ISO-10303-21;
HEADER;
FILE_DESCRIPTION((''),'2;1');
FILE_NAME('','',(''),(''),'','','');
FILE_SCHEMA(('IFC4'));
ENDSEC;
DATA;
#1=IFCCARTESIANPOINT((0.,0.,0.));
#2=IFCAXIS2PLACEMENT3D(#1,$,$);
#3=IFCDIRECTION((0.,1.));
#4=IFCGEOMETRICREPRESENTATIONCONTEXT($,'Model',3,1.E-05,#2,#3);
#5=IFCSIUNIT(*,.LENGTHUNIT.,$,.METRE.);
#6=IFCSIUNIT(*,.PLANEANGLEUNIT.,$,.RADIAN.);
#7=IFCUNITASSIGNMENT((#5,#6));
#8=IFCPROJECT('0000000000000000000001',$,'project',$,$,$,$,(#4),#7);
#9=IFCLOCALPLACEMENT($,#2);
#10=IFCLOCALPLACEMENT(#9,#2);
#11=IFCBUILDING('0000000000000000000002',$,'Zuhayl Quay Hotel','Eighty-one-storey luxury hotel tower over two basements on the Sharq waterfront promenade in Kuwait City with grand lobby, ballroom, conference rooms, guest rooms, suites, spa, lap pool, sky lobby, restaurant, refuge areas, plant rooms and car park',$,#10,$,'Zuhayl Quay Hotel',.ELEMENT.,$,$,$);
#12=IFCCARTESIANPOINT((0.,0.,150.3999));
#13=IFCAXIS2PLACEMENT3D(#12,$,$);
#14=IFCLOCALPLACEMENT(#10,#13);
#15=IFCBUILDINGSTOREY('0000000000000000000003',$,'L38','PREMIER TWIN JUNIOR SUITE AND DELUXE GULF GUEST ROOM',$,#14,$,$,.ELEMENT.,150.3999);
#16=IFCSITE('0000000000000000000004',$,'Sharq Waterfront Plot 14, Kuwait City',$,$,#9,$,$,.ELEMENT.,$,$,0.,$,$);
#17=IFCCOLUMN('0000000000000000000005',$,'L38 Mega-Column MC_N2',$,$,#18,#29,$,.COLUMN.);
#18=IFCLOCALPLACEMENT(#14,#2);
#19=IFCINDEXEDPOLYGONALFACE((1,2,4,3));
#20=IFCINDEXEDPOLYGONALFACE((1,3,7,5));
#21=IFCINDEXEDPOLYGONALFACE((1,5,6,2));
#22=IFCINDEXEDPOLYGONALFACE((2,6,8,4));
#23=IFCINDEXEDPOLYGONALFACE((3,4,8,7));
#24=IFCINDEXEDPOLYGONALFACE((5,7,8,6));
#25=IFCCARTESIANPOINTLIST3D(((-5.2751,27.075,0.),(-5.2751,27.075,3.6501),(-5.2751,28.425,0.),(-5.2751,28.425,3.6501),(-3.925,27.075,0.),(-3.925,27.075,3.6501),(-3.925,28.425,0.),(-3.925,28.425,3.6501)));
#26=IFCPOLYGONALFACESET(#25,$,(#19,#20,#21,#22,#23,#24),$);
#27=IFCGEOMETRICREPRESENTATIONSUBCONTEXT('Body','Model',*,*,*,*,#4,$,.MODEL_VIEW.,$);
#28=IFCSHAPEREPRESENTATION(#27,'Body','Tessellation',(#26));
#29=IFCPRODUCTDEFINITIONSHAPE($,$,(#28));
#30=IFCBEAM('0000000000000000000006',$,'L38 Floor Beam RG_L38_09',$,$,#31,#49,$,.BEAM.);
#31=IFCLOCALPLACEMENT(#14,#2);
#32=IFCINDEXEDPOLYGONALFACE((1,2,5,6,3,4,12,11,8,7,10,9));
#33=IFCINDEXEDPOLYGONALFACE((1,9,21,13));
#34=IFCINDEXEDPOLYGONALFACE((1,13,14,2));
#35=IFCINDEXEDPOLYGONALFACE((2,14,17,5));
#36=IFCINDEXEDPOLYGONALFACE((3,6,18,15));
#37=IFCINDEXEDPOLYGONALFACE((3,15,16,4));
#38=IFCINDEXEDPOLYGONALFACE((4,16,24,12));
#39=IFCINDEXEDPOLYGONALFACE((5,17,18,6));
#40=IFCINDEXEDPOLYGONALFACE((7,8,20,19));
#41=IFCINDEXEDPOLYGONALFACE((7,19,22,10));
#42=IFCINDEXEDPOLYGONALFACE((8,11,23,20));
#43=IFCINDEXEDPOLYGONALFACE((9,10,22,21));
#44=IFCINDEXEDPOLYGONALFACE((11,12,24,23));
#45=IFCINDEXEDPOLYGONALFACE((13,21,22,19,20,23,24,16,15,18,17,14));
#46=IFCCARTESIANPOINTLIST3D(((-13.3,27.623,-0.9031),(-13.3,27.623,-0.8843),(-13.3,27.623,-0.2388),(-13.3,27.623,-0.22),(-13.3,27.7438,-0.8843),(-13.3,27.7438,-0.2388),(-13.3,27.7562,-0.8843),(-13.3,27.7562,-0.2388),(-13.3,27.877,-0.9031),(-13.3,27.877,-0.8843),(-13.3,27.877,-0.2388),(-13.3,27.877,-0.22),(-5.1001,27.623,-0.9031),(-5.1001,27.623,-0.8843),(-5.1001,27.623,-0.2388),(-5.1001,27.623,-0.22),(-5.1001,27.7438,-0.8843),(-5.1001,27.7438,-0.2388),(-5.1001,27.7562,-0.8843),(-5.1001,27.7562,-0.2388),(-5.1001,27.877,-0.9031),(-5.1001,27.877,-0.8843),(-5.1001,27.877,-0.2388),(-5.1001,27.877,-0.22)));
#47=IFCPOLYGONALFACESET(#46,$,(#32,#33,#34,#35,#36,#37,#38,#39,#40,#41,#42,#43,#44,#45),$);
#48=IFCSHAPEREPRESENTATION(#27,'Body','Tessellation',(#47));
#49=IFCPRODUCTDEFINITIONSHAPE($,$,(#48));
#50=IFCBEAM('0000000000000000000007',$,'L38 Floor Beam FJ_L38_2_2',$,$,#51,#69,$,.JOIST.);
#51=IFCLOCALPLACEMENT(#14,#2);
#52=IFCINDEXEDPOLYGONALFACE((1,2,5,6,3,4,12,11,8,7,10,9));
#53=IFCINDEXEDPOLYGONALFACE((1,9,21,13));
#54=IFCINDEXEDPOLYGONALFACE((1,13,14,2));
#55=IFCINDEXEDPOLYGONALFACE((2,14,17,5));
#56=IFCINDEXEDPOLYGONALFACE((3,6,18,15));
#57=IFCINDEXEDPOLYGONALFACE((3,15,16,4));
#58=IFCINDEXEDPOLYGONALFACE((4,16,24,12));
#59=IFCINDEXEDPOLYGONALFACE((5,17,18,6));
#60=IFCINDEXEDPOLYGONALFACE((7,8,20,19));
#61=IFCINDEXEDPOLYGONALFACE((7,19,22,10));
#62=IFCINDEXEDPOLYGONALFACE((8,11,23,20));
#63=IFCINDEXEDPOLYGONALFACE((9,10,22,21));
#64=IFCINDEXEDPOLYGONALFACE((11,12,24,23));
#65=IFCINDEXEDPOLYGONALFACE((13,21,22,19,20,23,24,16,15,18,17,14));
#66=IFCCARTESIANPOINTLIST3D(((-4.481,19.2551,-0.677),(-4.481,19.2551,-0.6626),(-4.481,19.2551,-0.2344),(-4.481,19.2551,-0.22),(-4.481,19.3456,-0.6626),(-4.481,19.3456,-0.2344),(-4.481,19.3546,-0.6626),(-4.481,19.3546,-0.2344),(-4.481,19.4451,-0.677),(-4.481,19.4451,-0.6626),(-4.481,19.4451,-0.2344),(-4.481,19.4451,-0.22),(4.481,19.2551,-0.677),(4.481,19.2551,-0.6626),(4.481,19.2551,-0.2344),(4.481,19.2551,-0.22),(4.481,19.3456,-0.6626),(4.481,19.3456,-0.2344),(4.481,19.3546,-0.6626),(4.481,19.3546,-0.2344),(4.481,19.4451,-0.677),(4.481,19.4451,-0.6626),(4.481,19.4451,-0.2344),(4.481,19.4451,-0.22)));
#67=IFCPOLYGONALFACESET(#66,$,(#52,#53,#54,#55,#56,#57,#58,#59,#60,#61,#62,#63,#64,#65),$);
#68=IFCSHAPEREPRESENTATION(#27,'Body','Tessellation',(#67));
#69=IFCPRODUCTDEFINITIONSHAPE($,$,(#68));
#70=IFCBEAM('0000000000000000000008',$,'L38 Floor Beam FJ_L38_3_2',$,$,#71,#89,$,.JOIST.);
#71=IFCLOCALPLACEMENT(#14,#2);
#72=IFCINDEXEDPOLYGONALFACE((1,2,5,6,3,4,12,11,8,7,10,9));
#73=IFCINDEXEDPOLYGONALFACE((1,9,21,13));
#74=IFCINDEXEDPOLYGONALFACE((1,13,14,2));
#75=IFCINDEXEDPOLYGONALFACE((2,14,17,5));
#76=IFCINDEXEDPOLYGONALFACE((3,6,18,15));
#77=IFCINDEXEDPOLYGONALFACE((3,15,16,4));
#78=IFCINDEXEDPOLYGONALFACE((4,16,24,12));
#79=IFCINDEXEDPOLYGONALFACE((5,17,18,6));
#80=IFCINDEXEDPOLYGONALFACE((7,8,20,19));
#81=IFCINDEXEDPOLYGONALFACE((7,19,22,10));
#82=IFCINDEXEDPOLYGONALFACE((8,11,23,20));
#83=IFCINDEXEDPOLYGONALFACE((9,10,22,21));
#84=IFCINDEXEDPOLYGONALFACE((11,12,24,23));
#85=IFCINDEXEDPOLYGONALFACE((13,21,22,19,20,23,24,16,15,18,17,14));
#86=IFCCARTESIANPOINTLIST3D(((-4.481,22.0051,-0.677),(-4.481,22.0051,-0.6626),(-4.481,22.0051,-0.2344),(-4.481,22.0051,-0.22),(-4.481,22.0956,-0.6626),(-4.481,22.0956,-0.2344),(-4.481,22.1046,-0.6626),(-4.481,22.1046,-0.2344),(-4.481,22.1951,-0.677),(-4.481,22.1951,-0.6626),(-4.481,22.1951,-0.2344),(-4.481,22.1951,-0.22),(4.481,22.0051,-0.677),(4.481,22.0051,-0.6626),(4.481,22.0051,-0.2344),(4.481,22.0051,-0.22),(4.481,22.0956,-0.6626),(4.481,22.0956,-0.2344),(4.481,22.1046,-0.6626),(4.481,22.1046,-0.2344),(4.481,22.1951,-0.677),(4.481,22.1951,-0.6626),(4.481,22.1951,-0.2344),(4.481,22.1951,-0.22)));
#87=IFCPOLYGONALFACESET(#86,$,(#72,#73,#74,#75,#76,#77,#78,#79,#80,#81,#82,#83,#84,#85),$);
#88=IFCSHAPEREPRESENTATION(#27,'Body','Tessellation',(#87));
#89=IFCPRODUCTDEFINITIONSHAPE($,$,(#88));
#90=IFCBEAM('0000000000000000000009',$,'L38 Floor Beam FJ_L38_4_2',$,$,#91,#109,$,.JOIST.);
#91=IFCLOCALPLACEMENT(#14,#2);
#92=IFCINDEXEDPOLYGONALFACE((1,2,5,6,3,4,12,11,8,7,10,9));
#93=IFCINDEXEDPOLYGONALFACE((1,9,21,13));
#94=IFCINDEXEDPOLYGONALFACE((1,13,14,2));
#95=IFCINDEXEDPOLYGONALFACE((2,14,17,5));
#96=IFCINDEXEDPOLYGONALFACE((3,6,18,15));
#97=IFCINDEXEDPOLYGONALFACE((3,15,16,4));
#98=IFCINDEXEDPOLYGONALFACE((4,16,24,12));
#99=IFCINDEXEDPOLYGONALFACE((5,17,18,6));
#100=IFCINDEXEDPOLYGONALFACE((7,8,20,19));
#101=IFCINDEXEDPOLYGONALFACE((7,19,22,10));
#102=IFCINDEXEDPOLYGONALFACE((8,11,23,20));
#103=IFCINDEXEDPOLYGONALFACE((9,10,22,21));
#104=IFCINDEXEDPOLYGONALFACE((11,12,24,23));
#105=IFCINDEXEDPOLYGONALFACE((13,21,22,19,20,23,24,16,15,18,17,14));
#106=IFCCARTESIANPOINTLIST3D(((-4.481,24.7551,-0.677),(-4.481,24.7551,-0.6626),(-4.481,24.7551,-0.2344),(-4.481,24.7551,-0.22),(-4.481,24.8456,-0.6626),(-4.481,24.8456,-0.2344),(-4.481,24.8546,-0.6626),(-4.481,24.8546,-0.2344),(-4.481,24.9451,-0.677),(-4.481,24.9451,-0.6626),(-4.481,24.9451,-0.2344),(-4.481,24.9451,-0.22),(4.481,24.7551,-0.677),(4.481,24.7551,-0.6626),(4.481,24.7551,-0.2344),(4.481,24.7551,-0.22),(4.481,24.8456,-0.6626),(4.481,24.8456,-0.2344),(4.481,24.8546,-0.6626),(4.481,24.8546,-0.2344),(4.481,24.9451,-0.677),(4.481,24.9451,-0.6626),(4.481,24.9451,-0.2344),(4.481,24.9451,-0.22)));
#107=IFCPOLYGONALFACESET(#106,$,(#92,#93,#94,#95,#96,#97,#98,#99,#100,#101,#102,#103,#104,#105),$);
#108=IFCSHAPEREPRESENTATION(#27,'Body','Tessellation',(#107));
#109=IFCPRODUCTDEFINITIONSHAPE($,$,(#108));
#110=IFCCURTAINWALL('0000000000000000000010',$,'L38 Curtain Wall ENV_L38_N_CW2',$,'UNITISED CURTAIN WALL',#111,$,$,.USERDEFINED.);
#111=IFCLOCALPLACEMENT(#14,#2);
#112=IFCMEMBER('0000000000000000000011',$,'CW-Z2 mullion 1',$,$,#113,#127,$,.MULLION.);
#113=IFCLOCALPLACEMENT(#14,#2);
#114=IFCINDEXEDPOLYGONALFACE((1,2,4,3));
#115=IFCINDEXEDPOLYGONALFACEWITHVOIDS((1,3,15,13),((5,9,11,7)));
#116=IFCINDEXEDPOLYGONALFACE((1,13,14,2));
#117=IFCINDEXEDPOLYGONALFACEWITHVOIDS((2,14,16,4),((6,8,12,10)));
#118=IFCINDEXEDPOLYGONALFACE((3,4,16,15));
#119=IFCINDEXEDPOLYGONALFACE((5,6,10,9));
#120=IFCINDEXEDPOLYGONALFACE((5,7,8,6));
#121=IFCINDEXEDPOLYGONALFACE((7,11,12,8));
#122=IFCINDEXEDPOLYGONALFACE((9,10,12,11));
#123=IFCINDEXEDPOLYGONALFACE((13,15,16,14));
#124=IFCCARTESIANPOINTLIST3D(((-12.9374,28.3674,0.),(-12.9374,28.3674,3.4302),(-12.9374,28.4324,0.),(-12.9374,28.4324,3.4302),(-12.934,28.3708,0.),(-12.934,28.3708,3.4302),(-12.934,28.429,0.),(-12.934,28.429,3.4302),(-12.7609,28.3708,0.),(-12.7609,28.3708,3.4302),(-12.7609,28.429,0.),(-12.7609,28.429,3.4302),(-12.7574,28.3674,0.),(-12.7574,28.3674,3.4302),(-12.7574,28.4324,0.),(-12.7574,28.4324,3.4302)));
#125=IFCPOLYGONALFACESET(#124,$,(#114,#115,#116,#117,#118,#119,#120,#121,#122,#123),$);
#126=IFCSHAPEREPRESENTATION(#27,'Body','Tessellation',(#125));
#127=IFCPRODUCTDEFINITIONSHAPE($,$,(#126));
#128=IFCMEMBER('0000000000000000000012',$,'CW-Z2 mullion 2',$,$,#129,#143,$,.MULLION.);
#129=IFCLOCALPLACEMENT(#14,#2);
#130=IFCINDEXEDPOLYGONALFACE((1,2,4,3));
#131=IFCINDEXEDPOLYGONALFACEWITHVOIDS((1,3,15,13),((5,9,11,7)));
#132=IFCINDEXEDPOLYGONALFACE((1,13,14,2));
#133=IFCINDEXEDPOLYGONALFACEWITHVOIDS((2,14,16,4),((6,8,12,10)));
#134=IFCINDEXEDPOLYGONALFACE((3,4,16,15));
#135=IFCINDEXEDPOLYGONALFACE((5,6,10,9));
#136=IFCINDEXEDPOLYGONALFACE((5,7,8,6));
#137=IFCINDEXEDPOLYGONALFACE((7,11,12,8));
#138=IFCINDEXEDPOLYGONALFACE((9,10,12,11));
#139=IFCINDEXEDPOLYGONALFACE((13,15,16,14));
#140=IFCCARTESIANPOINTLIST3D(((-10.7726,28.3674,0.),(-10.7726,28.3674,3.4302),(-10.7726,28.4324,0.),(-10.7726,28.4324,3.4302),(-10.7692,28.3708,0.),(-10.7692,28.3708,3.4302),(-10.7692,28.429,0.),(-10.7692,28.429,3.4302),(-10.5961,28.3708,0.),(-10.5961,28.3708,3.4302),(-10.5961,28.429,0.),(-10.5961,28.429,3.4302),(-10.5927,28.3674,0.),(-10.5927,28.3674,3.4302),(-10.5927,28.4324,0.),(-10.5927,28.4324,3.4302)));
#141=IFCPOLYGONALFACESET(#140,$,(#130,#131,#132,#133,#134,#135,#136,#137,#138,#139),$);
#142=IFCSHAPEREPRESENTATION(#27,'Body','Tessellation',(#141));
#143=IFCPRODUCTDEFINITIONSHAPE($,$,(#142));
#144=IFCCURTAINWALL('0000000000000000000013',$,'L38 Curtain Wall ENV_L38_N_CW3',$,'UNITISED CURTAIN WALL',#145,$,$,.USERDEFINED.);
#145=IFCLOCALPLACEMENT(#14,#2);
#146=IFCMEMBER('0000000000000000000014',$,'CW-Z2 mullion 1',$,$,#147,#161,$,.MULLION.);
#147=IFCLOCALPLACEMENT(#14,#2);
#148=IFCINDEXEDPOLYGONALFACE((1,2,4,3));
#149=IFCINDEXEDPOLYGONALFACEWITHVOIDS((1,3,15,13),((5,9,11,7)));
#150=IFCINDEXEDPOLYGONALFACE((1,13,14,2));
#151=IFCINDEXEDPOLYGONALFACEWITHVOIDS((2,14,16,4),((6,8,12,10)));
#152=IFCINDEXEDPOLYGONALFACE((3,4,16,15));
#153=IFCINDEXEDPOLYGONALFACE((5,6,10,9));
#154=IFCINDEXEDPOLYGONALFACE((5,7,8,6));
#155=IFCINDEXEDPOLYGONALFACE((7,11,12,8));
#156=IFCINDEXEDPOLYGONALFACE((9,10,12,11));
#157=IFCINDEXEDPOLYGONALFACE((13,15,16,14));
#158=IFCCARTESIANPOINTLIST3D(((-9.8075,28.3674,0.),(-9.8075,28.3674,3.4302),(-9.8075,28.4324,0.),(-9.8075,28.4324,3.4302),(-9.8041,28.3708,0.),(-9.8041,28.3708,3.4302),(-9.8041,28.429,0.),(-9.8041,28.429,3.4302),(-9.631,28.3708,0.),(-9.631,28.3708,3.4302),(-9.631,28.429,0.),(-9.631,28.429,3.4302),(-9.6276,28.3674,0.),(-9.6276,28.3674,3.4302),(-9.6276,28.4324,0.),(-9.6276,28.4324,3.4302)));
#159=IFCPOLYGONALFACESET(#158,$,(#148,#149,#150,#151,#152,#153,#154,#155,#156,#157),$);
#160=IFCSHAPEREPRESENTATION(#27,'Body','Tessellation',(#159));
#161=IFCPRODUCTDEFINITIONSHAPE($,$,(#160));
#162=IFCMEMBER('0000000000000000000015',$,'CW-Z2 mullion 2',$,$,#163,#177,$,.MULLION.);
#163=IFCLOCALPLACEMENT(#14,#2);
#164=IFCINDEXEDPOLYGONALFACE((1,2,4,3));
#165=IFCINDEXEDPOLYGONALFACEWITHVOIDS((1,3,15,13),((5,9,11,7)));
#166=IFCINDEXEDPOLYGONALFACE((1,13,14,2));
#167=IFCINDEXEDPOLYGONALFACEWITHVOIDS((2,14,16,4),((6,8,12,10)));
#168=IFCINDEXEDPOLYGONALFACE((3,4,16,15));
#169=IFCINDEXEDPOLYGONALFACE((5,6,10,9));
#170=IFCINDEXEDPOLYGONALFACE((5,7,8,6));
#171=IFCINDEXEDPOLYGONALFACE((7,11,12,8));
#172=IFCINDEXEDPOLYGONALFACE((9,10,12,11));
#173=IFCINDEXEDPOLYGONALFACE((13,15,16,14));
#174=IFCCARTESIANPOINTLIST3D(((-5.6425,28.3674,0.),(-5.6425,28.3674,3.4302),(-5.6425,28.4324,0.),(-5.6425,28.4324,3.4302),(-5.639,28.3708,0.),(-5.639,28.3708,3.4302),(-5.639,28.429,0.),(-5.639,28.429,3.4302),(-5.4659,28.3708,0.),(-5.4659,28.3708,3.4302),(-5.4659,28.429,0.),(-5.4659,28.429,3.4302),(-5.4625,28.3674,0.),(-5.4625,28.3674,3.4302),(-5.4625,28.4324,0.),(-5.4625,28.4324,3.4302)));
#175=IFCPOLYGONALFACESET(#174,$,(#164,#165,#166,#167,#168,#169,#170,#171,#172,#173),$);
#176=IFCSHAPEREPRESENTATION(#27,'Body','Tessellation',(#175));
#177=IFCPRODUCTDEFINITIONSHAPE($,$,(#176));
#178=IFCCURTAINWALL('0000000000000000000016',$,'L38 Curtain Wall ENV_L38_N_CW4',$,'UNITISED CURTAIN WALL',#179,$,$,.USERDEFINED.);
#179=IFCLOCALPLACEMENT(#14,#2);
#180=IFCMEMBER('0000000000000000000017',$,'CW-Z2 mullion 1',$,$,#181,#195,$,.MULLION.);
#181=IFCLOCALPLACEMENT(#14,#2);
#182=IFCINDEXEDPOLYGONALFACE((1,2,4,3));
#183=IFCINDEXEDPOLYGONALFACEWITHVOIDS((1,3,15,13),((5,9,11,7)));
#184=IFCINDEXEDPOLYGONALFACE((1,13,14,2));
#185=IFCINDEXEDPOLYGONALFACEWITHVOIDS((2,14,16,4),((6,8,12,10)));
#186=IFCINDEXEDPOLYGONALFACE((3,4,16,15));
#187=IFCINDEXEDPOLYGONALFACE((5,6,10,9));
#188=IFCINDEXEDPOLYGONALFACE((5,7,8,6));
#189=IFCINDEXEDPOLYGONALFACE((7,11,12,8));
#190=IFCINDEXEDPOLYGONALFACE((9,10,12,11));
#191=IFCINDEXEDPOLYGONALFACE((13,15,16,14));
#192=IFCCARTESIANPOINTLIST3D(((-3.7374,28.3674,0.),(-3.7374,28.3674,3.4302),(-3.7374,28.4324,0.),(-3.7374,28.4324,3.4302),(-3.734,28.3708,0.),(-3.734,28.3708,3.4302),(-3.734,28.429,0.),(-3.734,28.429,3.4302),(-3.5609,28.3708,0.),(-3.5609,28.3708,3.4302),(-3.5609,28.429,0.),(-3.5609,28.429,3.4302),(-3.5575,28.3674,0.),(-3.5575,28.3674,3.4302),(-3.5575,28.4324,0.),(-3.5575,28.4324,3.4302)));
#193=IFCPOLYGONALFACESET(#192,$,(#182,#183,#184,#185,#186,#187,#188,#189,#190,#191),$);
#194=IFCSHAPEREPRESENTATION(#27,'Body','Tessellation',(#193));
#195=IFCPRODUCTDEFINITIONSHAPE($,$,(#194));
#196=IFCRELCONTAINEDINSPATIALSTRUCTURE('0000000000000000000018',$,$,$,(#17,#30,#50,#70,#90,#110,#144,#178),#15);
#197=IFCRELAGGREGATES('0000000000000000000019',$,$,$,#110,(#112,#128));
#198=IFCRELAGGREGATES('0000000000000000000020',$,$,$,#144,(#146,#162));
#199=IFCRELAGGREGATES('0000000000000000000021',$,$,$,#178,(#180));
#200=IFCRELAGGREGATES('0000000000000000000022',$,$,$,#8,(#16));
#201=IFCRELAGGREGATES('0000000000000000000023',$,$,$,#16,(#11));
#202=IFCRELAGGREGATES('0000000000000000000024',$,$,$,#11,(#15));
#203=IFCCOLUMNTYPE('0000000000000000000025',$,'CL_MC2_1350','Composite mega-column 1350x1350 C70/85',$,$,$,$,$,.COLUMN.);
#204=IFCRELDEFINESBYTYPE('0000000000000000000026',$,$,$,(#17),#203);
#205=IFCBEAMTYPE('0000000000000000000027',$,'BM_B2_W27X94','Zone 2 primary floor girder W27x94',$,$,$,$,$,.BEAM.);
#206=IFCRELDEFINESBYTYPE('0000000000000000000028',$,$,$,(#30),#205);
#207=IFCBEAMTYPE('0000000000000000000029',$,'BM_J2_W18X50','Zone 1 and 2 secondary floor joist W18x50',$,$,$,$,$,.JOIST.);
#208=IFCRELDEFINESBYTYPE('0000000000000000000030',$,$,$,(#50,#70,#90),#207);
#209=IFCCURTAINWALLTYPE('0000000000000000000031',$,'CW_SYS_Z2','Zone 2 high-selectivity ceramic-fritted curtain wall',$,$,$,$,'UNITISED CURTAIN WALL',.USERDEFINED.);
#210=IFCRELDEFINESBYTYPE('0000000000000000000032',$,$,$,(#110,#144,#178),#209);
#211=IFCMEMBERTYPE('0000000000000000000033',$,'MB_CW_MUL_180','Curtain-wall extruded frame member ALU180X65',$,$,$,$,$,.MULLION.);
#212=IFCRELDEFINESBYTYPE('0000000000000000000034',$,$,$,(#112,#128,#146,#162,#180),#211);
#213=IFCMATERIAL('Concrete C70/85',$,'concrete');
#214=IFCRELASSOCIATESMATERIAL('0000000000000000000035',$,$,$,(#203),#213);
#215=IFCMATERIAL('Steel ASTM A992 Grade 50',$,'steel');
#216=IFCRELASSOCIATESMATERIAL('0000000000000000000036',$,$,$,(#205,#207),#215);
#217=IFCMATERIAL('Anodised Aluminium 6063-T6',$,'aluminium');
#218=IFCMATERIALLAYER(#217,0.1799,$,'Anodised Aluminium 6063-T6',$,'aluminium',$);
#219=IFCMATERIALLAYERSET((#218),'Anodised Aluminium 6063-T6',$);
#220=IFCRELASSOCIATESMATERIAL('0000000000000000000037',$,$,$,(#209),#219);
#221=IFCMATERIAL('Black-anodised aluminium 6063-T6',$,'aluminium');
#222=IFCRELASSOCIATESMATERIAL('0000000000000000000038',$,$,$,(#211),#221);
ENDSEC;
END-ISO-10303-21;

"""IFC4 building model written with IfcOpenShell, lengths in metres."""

from ifc_helpers import new_model, si_unit, direction, frame, origin, origin_2d, place, context, subcontext, project, spatial, rectangle, hollow_rectangle, i_section, extrude, material, layer, layer_set, material_profile, profile_set, type_object, element, aggregate, save


model = new_model("IFC4")

# Units and contexts
model_context = context("Model", 3, precision=1e-05, world=origin(), true_north=direction((0.0, 1.0)))
body_context = subcontext(model_context, "Body", "Model", "MODEL_VIEW")
ifc_project = project(units=[si_unit("LENGTHUNIT", "METRE"), si_unit("PLANEANGLEUNIT", "RADIAN")], contexts=[model_context])

# Site, building, storey
site_placement = place(None, origin())
site = spatial("IfcSite", under=ifc_project, at=site_placement, Name="Sharq Waterfront Plot 14, Kuwait City", CompositionType="ELEMENT", RefElevation=0.0)
building_placement = place(site_placement, origin())
building = spatial("IfcBuilding", under=site, at=building_placement, Name="Zuhayl Quay Hotel", Description="Eighty-one-storey luxury hotel tower over two basements on the Sharq waterfront promenade in Kuwait City with grand lobby, ballroom, conference rooms, guest rooms, suites, spa, lap pool, sky lobby, restaurant, refuge areas, plant rooms and car park", LongName="Zuhayl Quay Hotel", CompositionType="ELEMENT")
storey_placement = place(building_placement, frame((0.0, 0.0, 150.3999)))
storey = spatial("IfcBuildingStorey", under=building, at=storey_placement, Name="L38", Description="PREMIER TWIN JUNIOR SUITE AND DELUXE GULF GUEST ROOM", CompositionType="ELEMENT", Elevation=150.3999)

# Column
ifc_material_1 = material(Name="Concrete C70/85", Category="concrete")
ifc_material_profile_1 = material_profile(ifc_material_1, rectangle(XDim=1.3501, YDim=1.3501, at=origin_2d()), Name="RC1350X1350")
ifc_profile_set_1 = profile_set([ifc_material_profile_1], Name="Concrete C70/85")
column_type = type_object("IfcColumnType", Name="CL_MC2_1350", Description="Composite mega-column 1350x1350 C70/85", PredefinedType="COLUMN", material=ifc_profile_set_1)
column_placement = place(storey_placement, frame((-4.6001, 27.75, 0.0), z_axis=(0.0, 0.0, 1.0), x_axis=(1.0, 0.0, 0.0)))
element("IfcColumn", 1, at=column_placement, inside=storey, type_object=column_type, Name="L38 Mega-Column MC_N2", PredefinedType="COLUMN", context=body_context, shape_type="SweptSolid", body=[
    extrude(rectangle(XDim=1.3501, YDim=1.3501, at=origin_2d()), origin(), (0.0, 0.0, 1.0), 3.6501),
])

# Beams
ifc_material_2 = material(Name="Steel ASTM A992 Grade 50", Category="steel")
ifc_material_profile_2 = material_profile(ifc_material_2, i_section(OverallWidth=0.2539, OverallDepth=0.6831, WebThickness=0.0125, FlangeThickness=0.0188, at=origin_2d()), Name="W27X94")
ifc_profile_set_2 = profile_set([ifc_material_profile_2], Name="Steel ASTM A992 Grade 50")
beam_type_1 = type_object("IfcBeamType", Name="BM_B2_W27X94", Description="Zone 2 primary floor girder W27x94", PredefinedType="BEAM", material=ifc_profile_set_2)
beam_placement = place(storey_placement, frame((-5.1001, 27.75, -0.5615), z_axis=(-1.0, 0.0, 0.0), x_axis=(0.0, -1.0, 0.0)))
element("IfcBeam", 2, at=beam_placement, inside=storey, type_object=beam_type_1, Name="L38 Floor Beam RG_L38_09", PredefinedType="BEAM", context=body_context, shape_type="SweptSolid", body=[
    extrude(i_section(OverallWidth=0.2539, OverallDepth=0.6831, WebThickness=0.0125, FlangeThickness=0.0188, at=origin_2d()), origin(), (0.0, 0.0, 1.0), 8.2),
])
ifc_material_profile_3 = material_profile(ifc_material_2, i_section(OverallWidth=0.1899, OverallDepth=0.457, WebThickness=0.009, FlangeThickness=0.0144, at=origin_2d()), Name="W18X50")
ifc_profile_set_3 = profile_set([ifc_material_profile_3], Name="Steel ASTM A992 Grade 50")
beam_type_2 = type_object("IfcBeamType", Name="BM_J2_W18X50", Description="Zone 1 and 2 secondary floor joist W18x50", PredefinedType="JOIST", material=ifc_profile_set_3)
for number, where, z_axis, x_axis, name in (
    (3, (-4.481, 19.3501, -0.4485), (1.0, 0.0, 0.0), (0.0, 1.0, 0.0), "L38 Floor Beam FJ_L38_2_2"),
    (4, (-4.481, 22.1001, -0.4485), (1.0, 0.0, 0.0), (0.0, 1.0, 0.0), "L38 Floor Beam FJ_L38_3_2"),
    (5, (-4.481, 24.8501, -0.4485), (1.0, 0.0, 0.0), (0.0, 1.0, 0.0), "L38 Floor Beam FJ_L38_4_2"),
):
    element("IfcBeam", number, at=place(storey_placement, frame(where, z_axis=z_axis, x_axis=x_axis)), inside=storey, type_object=beam_type_2, Name=name, PredefinedType="JOIST", context=body_context, shape_type="SweptSolid", body=[
        extrude(i_section(OverallWidth=0.1899, OverallDepth=0.457, WebThickness=0.009, FlangeThickness=0.0144, at=origin_2d()), origin(), (0.0, 0.0, 1.0), 8.9619),
    ])

# Curtain walls, members
ifc_material_3 = material(Name="Anodised Aluminium 6063-T6", Category="aluminium")
ifc_layer_1 = layer(ifc_material_3, 0.1799, Name="Anodised Aluminium 6063-T6", Category="aluminium")
ifc_layer_set_1 = layer_set([ifc_layer_1], Name="Anodised Aluminium 6063-T6")
curtain_wall_type = type_object("IfcCurtainWallType", Name="CW_SYS_Z2", Description="Zone 2 high-selectivity ceramic-fritted curtain wall", ElementType="UNITISED CURTAIN WALL", PredefinedType="USERDEFINED", material=ifc_layer_set_1)
curtain_wall_1_placement = place(storey_placement, origin())
curtain_wall_1 = element("IfcCurtainWall", 6, at=curtain_wall_1_placement, inside=storey, type_object=curtain_wall_type, Name="L38 Curtain Wall ENV_L38_N_CW2", ObjectType="UNITISED CURTAIN WALL", PredefinedType="USERDEFINED")
ifc_material_4 = material(Name="Black-anodised aluminium 6063-T6", Category="aluminium")
ifc_material_profile_4 = material_profile(ifc_material_4, hollow_rectangle(XDim=0.0649, YDim=0.1799, WallThickness=0.0034, at=origin_2d()), Name="ALU180X65")
ifc_profile_set_4 = profile_set([ifc_material_profile_4], Name="Black-anodised aluminium 6063-T6")
member_type_1 = type_object("IfcMemberType", Name="MB_CW_MUL_180", Description="Curtain-wall extruded frame member ALU180X65", PredefinedType="MULLION", material=ifc_profile_set_4)
member_1_placement = place(storey_placement, frame((-12.8474, 28.3999, 0.0), z_axis=(0.0, 0.0, 1.0), x_axis=(0.0, 1.0, 0.0)))
member_1 = element("IfcMember", 7, at=member_1_placement, type_object=member_type_1, Name="CW-Z2 mullion 1", PredefinedType="MULLION", context=body_context, shape_type="SweptSolid", body=[
    extrude(hollow_rectangle(XDim=0.0649, YDim=0.1799, WallThickness=0.0034, at=origin_2d()), origin(), (0.0, 0.0, 1.0), 3.4302),
])
member_2_placement = place(storey_placement, frame((-10.6826, 28.3999, 0.0), z_axis=(0.0, 0.0, 1.0), x_axis=(0.0, 1.0, 0.0)))
member_2 = element("IfcMember", 8, at=member_2_placement, type_object=member_type_1, Name="CW-Z2 mullion 2", PredefinedType="MULLION", context=body_context, shape_type="SweptSolid", body=[
    extrude(hollow_rectangle(XDim=0.0649, YDim=0.1799, WallThickness=0.0034, at=origin_2d()), origin(), (0.0, 0.0, 1.0), 3.4302),
])
curtain_wall_2_placement = place(storey_placement, origin())
curtain_wall_2 = element("IfcCurtainWall", 9, at=curtain_wall_2_placement, inside=storey, type_object=curtain_wall_type, Name="L38 Curtain Wall ENV_L38_N_CW3", ObjectType="UNITISED CURTAIN WALL", PredefinedType="USERDEFINED")
member_3_placement = place(storey_placement, frame((-9.7175, 28.3999, 0.0), z_axis=(0.0, 0.0, 1.0), x_axis=(0.0, 1.0, 0.0)))
member_3 = element("IfcMember", 10, at=member_3_placement, type_object=member_type_1, Name="CW-Z2 mullion 1", PredefinedType="MULLION", context=body_context, shape_type="SweptSolid", body=[
    extrude(hollow_rectangle(XDim=0.0649, YDim=0.1799, WallThickness=0.0034, at=origin_2d()), origin(), (0.0, 0.0, 1.0), 3.4302),
])
member_4_placement = place(storey_placement, frame((-5.5525, 28.3999, 0.0), z_axis=(0.0, 0.0, 1.0), x_axis=(0.0, 1.0, 0.0)))
member_4 = element("IfcMember", 11, at=member_4_placement, type_object=member_type_1, Name="CW-Z2 mullion 2", PredefinedType="MULLION", context=body_context, shape_type="SweptSolid", body=[
    extrude(hollow_rectangle(XDim=0.0649, YDim=0.1799, WallThickness=0.0034, at=origin_2d()), origin(), (0.0, 0.0, 1.0), 3.4302),
])

# Curtain wall, member
curtain_wall_3_placement = place(storey_placement, origin())
curtain_wall_3 = element("IfcCurtainWall", 12, at=curtain_wall_3_placement, inside=storey, type_object=curtain_wall_type, Name="L38 Curtain Wall ENV_L38_N_CW4", ObjectType="UNITISED CURTAIN WALL", PredefinedType="USERDEFINED")
member_5_placement = place(storey_placement, frame((-3.6475, 28.3999, 0.0), z_axis=(0.0, 0.0, 1.0), x_axis=(0.0, 1.0, 0.0)))
member_5 = element("IfcMember", 13, at=member_5_placement, type_object=member_type_1, Name="CW-Z2 mullion 1", PredefinedType="MULLION", context=body_context, shape_type="SweptSolid", body=[
    extrude(hollow_rectangle(XDim=0.0649, YDim=0.1799, WallThickness=0.0034, at=origin_2d()), origin(), (0.0, 0.0, 1.0), 3.4302),
])

aggregate(curtain_wall_1, [member_1, member_2])
aggregate(curtain_wall_2, [member_3, member_4])
aggregate(curtain_wall_3, [member_5])

save(model, "model.ifc")
